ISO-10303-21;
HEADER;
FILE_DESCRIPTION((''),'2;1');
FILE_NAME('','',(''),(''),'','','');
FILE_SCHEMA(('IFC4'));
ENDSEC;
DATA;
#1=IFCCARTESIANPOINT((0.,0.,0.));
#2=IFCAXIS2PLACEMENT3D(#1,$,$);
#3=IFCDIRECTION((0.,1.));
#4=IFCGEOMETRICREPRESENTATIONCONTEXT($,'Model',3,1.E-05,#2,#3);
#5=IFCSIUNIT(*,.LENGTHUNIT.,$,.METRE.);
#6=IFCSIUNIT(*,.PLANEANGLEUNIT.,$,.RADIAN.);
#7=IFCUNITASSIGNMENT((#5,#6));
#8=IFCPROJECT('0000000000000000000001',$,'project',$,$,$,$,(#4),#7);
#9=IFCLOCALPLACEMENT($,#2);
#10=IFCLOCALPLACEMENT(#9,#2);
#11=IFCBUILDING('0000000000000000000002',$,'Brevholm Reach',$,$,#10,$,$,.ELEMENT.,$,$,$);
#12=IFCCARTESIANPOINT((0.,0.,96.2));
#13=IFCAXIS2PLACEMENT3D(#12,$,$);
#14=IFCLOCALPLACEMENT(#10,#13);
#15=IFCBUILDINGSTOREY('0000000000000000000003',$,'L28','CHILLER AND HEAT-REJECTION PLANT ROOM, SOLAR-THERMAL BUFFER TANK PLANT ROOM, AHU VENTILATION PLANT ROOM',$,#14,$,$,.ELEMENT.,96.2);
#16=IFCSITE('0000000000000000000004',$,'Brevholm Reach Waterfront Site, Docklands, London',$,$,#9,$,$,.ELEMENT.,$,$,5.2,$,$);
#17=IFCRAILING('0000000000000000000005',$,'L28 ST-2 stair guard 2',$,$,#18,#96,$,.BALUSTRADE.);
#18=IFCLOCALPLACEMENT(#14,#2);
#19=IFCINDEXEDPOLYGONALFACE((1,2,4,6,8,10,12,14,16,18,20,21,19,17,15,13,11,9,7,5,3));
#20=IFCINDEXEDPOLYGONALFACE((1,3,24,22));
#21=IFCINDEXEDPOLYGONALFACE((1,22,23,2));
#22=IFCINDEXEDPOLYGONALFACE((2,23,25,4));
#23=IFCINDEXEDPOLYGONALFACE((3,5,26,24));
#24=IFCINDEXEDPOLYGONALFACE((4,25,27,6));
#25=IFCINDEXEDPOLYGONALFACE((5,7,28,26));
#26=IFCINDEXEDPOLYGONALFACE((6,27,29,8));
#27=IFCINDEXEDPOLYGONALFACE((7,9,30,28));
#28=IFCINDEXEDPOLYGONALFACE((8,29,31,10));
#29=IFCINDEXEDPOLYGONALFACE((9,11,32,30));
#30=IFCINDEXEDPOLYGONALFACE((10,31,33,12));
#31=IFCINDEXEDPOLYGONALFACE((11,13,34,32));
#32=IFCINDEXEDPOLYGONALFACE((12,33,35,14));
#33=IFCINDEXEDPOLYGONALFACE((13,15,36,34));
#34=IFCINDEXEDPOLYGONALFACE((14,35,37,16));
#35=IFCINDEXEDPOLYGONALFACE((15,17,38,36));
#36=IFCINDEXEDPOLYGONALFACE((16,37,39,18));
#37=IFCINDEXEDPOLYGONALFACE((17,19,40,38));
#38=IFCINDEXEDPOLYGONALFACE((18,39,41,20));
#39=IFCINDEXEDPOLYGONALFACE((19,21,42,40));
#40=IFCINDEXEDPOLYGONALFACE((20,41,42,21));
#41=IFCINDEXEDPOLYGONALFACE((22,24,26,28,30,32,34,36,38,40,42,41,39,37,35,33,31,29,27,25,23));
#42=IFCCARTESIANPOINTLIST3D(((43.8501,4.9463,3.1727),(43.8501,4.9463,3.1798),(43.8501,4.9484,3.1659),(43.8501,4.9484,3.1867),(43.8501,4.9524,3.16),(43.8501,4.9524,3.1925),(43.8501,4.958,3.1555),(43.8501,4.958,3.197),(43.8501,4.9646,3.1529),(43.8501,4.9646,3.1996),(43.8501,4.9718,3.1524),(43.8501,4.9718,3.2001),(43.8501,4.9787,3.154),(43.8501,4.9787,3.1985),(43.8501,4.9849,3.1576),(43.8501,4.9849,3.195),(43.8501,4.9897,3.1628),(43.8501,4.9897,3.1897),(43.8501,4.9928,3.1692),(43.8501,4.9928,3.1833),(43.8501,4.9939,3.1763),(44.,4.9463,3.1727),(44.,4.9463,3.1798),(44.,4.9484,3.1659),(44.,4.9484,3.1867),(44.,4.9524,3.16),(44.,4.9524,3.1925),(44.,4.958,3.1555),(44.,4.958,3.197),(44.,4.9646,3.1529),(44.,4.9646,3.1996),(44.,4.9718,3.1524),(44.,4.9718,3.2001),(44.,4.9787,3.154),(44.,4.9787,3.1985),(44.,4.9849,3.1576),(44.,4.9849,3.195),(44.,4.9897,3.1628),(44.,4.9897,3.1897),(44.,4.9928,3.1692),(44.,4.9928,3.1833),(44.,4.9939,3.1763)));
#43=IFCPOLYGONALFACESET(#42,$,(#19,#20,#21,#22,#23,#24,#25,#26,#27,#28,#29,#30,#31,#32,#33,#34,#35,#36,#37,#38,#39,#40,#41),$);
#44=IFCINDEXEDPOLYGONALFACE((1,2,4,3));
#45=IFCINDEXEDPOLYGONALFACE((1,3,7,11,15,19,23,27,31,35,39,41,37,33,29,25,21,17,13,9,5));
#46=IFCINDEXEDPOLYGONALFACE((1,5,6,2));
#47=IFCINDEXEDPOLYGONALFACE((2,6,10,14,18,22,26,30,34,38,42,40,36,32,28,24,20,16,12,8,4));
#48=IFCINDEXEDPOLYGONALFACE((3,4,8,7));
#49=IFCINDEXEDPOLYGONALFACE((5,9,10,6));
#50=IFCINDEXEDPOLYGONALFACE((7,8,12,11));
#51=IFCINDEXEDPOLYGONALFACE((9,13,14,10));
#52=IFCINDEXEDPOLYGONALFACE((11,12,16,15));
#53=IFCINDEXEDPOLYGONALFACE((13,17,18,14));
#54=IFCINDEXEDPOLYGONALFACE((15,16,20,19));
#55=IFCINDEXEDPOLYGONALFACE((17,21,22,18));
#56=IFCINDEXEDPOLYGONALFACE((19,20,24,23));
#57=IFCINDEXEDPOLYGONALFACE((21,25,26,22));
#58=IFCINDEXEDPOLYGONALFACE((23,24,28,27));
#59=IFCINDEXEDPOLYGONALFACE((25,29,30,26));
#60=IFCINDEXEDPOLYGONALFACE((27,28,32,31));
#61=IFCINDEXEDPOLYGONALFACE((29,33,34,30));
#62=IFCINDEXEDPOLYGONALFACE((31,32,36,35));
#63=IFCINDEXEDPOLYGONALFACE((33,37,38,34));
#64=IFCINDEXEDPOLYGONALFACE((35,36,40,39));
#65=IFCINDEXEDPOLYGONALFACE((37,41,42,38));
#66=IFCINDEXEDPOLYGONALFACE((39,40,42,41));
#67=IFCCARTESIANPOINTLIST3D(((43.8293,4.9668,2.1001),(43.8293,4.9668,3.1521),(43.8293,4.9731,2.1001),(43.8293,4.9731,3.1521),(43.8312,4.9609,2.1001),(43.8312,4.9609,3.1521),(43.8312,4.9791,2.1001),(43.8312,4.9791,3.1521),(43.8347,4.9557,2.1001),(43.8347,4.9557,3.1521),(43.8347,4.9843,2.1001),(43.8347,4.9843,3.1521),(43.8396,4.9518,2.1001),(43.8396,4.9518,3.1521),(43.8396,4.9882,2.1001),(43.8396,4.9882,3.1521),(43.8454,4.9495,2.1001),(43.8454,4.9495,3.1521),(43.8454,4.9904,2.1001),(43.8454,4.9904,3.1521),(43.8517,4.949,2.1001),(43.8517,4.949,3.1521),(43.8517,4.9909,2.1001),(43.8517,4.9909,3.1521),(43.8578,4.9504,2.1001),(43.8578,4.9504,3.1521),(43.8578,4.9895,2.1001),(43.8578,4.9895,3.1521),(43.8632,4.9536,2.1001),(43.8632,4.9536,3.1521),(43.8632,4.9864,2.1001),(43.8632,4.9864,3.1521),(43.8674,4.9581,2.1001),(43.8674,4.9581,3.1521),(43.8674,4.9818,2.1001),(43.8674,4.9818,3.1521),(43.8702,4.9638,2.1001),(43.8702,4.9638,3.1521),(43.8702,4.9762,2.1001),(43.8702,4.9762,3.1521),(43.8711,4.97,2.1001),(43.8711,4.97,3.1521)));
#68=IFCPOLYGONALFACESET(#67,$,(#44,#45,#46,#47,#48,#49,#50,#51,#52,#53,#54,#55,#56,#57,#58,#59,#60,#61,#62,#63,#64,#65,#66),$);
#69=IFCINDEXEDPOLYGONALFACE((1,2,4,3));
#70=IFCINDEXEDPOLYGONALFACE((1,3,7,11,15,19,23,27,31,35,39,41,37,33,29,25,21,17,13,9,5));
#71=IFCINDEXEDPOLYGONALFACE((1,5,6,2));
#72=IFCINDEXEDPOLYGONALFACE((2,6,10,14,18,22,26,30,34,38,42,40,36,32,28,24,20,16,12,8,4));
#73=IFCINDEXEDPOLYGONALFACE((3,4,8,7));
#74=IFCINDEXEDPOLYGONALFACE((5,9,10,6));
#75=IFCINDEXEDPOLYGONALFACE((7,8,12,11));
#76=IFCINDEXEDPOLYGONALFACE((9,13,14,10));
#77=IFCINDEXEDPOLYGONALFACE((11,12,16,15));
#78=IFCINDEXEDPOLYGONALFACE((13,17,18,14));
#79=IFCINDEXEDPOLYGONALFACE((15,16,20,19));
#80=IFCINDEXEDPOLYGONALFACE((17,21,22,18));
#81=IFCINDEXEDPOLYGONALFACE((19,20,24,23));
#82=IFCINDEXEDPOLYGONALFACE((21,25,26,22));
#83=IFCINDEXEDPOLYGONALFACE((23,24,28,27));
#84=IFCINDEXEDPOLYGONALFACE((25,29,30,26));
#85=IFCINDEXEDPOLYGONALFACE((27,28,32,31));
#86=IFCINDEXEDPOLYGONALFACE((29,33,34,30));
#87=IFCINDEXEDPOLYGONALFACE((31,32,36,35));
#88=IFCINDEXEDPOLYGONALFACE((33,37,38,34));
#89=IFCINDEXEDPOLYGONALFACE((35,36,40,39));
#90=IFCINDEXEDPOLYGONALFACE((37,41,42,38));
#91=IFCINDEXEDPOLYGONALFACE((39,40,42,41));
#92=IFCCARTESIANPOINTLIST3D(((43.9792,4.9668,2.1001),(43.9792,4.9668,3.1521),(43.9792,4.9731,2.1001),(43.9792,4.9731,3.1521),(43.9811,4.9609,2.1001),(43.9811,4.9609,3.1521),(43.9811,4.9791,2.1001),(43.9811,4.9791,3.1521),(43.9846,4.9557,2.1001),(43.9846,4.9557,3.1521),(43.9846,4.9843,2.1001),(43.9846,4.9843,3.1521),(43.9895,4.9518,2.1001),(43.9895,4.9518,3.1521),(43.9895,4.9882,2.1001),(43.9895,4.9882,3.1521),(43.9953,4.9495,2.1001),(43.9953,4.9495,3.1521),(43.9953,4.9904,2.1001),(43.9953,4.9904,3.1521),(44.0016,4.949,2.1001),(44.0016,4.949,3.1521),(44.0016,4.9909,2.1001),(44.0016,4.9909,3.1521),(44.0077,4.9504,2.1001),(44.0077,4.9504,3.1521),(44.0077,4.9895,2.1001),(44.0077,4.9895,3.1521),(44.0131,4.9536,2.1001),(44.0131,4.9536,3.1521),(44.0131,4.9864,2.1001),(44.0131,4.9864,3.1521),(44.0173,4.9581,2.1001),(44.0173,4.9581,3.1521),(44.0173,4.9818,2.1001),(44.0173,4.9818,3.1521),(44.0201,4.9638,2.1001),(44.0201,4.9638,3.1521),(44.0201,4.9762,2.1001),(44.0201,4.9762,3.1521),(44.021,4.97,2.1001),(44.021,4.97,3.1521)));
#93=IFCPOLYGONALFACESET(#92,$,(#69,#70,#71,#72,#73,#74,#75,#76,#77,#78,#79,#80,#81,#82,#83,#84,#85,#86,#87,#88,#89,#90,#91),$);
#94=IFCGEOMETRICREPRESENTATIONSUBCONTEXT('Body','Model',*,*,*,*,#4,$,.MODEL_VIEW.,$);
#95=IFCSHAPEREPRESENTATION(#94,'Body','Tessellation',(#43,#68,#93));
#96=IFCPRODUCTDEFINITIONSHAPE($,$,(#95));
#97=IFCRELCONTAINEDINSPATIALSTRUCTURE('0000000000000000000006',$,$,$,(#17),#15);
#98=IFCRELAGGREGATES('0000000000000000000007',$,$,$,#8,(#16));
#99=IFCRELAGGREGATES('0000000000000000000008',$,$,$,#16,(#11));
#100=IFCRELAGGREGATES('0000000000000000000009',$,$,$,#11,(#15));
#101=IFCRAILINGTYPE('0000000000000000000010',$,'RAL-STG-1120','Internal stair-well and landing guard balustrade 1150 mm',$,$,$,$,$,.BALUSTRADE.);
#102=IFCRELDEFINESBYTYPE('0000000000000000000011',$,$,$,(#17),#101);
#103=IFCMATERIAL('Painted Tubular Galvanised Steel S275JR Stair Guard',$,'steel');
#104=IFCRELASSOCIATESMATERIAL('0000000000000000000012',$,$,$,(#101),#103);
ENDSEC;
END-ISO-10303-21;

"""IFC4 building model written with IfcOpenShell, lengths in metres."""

from ifc_helpers import new_model, si_unit, direction, frame, origin, origin_2d, place, context, subcontext, project, spatial, circle, extrude, material, type_object, element, save


model = new_model("IFC4")

# Units and contexts
model_context = context("Model", 3, precision=1e-05, world=origin(), true_north=direction((0.0, 1.0)))
body_context = subcontext(model_context, "Body", "Model", "MODEL_VIEW")
ifc_project = project(units=[si_unit("LENGTHUNIT", "METRE"), si_unit("PLANEANGLEUNIT", "RADIAN")], contexts=[model_context])

# Site, building, storey
site_placement = place(None, origin())
site = spatial("IfcSite", under=ifc_project, at=site_placement, Name="Brevholm Reach Waterfront Site, Docklands, London", CompositionType="ELEMENT", RefElevation=5.2)
building_placement = place(site_placement, origin())
building = spatial("IfcBuilding", under=site, at=building_placement, Name="Brevholm Reach", CompositionType="ELEMENT")
storey_placement = place(building_placement, frame((0.0, 0.0, 96.2)))
storey = spatial("IfcBuildingStorey", under=building, at=storey_placement, Name="L28", Description="CHILLER AND HEAT-REJECTION PLANT ROOM, SOLAR-THERMAL BUFFER TANK PLANT ROOM, AHU VENTILATION PLANT ROOM", CompositionType="ELEMENT", Elevation=96.2)

# Railing
ifc_material_1 = material(Name="Painted Tubular Galvanised Steel S275JR Stair Guard", Category="steel")
railing_type_1 = type_object("IfcRailingType", Name="RAL-STG-1120", Description="Internal stair-well and landing guard balustrade 1150 mm", PredefinedType="BALUSTRADE", material=ifc_material_1)
railing_1_placement = place(storey_placement, frame((43.8501, 4.97, 2.1001)))
element("IfcRailing", 1, at=railing_1_placement, inside=storey, type_object=railing_type_1, Name="L28 ST-2 stair guard 2", PredefinedType="BALUSTRADE", context=body_context, shape_type="SweptSolid", body=[
    extrude(circle(Radius=0.0239, at=origin_2d()), frame((0.0, 0.0, 1.0762), z_axis=(1.0, 0.0, 0.0), x_axis=(0.0, 1.0, 0.0)), (0.0, 0.0, 1.0), 0.1499),
    extrude(circle(Radius=0.021, at=origin_2d()), origin(), (0.0, 0.0, 1.0), 1.052),
    extrude(circle(Radius=0.021, at=origin_2d()), frame((0.1499, 0.0, 0.0)), (0.0, 0.0, 1.0), 1.052),
])

save(model, "model.ifc")
